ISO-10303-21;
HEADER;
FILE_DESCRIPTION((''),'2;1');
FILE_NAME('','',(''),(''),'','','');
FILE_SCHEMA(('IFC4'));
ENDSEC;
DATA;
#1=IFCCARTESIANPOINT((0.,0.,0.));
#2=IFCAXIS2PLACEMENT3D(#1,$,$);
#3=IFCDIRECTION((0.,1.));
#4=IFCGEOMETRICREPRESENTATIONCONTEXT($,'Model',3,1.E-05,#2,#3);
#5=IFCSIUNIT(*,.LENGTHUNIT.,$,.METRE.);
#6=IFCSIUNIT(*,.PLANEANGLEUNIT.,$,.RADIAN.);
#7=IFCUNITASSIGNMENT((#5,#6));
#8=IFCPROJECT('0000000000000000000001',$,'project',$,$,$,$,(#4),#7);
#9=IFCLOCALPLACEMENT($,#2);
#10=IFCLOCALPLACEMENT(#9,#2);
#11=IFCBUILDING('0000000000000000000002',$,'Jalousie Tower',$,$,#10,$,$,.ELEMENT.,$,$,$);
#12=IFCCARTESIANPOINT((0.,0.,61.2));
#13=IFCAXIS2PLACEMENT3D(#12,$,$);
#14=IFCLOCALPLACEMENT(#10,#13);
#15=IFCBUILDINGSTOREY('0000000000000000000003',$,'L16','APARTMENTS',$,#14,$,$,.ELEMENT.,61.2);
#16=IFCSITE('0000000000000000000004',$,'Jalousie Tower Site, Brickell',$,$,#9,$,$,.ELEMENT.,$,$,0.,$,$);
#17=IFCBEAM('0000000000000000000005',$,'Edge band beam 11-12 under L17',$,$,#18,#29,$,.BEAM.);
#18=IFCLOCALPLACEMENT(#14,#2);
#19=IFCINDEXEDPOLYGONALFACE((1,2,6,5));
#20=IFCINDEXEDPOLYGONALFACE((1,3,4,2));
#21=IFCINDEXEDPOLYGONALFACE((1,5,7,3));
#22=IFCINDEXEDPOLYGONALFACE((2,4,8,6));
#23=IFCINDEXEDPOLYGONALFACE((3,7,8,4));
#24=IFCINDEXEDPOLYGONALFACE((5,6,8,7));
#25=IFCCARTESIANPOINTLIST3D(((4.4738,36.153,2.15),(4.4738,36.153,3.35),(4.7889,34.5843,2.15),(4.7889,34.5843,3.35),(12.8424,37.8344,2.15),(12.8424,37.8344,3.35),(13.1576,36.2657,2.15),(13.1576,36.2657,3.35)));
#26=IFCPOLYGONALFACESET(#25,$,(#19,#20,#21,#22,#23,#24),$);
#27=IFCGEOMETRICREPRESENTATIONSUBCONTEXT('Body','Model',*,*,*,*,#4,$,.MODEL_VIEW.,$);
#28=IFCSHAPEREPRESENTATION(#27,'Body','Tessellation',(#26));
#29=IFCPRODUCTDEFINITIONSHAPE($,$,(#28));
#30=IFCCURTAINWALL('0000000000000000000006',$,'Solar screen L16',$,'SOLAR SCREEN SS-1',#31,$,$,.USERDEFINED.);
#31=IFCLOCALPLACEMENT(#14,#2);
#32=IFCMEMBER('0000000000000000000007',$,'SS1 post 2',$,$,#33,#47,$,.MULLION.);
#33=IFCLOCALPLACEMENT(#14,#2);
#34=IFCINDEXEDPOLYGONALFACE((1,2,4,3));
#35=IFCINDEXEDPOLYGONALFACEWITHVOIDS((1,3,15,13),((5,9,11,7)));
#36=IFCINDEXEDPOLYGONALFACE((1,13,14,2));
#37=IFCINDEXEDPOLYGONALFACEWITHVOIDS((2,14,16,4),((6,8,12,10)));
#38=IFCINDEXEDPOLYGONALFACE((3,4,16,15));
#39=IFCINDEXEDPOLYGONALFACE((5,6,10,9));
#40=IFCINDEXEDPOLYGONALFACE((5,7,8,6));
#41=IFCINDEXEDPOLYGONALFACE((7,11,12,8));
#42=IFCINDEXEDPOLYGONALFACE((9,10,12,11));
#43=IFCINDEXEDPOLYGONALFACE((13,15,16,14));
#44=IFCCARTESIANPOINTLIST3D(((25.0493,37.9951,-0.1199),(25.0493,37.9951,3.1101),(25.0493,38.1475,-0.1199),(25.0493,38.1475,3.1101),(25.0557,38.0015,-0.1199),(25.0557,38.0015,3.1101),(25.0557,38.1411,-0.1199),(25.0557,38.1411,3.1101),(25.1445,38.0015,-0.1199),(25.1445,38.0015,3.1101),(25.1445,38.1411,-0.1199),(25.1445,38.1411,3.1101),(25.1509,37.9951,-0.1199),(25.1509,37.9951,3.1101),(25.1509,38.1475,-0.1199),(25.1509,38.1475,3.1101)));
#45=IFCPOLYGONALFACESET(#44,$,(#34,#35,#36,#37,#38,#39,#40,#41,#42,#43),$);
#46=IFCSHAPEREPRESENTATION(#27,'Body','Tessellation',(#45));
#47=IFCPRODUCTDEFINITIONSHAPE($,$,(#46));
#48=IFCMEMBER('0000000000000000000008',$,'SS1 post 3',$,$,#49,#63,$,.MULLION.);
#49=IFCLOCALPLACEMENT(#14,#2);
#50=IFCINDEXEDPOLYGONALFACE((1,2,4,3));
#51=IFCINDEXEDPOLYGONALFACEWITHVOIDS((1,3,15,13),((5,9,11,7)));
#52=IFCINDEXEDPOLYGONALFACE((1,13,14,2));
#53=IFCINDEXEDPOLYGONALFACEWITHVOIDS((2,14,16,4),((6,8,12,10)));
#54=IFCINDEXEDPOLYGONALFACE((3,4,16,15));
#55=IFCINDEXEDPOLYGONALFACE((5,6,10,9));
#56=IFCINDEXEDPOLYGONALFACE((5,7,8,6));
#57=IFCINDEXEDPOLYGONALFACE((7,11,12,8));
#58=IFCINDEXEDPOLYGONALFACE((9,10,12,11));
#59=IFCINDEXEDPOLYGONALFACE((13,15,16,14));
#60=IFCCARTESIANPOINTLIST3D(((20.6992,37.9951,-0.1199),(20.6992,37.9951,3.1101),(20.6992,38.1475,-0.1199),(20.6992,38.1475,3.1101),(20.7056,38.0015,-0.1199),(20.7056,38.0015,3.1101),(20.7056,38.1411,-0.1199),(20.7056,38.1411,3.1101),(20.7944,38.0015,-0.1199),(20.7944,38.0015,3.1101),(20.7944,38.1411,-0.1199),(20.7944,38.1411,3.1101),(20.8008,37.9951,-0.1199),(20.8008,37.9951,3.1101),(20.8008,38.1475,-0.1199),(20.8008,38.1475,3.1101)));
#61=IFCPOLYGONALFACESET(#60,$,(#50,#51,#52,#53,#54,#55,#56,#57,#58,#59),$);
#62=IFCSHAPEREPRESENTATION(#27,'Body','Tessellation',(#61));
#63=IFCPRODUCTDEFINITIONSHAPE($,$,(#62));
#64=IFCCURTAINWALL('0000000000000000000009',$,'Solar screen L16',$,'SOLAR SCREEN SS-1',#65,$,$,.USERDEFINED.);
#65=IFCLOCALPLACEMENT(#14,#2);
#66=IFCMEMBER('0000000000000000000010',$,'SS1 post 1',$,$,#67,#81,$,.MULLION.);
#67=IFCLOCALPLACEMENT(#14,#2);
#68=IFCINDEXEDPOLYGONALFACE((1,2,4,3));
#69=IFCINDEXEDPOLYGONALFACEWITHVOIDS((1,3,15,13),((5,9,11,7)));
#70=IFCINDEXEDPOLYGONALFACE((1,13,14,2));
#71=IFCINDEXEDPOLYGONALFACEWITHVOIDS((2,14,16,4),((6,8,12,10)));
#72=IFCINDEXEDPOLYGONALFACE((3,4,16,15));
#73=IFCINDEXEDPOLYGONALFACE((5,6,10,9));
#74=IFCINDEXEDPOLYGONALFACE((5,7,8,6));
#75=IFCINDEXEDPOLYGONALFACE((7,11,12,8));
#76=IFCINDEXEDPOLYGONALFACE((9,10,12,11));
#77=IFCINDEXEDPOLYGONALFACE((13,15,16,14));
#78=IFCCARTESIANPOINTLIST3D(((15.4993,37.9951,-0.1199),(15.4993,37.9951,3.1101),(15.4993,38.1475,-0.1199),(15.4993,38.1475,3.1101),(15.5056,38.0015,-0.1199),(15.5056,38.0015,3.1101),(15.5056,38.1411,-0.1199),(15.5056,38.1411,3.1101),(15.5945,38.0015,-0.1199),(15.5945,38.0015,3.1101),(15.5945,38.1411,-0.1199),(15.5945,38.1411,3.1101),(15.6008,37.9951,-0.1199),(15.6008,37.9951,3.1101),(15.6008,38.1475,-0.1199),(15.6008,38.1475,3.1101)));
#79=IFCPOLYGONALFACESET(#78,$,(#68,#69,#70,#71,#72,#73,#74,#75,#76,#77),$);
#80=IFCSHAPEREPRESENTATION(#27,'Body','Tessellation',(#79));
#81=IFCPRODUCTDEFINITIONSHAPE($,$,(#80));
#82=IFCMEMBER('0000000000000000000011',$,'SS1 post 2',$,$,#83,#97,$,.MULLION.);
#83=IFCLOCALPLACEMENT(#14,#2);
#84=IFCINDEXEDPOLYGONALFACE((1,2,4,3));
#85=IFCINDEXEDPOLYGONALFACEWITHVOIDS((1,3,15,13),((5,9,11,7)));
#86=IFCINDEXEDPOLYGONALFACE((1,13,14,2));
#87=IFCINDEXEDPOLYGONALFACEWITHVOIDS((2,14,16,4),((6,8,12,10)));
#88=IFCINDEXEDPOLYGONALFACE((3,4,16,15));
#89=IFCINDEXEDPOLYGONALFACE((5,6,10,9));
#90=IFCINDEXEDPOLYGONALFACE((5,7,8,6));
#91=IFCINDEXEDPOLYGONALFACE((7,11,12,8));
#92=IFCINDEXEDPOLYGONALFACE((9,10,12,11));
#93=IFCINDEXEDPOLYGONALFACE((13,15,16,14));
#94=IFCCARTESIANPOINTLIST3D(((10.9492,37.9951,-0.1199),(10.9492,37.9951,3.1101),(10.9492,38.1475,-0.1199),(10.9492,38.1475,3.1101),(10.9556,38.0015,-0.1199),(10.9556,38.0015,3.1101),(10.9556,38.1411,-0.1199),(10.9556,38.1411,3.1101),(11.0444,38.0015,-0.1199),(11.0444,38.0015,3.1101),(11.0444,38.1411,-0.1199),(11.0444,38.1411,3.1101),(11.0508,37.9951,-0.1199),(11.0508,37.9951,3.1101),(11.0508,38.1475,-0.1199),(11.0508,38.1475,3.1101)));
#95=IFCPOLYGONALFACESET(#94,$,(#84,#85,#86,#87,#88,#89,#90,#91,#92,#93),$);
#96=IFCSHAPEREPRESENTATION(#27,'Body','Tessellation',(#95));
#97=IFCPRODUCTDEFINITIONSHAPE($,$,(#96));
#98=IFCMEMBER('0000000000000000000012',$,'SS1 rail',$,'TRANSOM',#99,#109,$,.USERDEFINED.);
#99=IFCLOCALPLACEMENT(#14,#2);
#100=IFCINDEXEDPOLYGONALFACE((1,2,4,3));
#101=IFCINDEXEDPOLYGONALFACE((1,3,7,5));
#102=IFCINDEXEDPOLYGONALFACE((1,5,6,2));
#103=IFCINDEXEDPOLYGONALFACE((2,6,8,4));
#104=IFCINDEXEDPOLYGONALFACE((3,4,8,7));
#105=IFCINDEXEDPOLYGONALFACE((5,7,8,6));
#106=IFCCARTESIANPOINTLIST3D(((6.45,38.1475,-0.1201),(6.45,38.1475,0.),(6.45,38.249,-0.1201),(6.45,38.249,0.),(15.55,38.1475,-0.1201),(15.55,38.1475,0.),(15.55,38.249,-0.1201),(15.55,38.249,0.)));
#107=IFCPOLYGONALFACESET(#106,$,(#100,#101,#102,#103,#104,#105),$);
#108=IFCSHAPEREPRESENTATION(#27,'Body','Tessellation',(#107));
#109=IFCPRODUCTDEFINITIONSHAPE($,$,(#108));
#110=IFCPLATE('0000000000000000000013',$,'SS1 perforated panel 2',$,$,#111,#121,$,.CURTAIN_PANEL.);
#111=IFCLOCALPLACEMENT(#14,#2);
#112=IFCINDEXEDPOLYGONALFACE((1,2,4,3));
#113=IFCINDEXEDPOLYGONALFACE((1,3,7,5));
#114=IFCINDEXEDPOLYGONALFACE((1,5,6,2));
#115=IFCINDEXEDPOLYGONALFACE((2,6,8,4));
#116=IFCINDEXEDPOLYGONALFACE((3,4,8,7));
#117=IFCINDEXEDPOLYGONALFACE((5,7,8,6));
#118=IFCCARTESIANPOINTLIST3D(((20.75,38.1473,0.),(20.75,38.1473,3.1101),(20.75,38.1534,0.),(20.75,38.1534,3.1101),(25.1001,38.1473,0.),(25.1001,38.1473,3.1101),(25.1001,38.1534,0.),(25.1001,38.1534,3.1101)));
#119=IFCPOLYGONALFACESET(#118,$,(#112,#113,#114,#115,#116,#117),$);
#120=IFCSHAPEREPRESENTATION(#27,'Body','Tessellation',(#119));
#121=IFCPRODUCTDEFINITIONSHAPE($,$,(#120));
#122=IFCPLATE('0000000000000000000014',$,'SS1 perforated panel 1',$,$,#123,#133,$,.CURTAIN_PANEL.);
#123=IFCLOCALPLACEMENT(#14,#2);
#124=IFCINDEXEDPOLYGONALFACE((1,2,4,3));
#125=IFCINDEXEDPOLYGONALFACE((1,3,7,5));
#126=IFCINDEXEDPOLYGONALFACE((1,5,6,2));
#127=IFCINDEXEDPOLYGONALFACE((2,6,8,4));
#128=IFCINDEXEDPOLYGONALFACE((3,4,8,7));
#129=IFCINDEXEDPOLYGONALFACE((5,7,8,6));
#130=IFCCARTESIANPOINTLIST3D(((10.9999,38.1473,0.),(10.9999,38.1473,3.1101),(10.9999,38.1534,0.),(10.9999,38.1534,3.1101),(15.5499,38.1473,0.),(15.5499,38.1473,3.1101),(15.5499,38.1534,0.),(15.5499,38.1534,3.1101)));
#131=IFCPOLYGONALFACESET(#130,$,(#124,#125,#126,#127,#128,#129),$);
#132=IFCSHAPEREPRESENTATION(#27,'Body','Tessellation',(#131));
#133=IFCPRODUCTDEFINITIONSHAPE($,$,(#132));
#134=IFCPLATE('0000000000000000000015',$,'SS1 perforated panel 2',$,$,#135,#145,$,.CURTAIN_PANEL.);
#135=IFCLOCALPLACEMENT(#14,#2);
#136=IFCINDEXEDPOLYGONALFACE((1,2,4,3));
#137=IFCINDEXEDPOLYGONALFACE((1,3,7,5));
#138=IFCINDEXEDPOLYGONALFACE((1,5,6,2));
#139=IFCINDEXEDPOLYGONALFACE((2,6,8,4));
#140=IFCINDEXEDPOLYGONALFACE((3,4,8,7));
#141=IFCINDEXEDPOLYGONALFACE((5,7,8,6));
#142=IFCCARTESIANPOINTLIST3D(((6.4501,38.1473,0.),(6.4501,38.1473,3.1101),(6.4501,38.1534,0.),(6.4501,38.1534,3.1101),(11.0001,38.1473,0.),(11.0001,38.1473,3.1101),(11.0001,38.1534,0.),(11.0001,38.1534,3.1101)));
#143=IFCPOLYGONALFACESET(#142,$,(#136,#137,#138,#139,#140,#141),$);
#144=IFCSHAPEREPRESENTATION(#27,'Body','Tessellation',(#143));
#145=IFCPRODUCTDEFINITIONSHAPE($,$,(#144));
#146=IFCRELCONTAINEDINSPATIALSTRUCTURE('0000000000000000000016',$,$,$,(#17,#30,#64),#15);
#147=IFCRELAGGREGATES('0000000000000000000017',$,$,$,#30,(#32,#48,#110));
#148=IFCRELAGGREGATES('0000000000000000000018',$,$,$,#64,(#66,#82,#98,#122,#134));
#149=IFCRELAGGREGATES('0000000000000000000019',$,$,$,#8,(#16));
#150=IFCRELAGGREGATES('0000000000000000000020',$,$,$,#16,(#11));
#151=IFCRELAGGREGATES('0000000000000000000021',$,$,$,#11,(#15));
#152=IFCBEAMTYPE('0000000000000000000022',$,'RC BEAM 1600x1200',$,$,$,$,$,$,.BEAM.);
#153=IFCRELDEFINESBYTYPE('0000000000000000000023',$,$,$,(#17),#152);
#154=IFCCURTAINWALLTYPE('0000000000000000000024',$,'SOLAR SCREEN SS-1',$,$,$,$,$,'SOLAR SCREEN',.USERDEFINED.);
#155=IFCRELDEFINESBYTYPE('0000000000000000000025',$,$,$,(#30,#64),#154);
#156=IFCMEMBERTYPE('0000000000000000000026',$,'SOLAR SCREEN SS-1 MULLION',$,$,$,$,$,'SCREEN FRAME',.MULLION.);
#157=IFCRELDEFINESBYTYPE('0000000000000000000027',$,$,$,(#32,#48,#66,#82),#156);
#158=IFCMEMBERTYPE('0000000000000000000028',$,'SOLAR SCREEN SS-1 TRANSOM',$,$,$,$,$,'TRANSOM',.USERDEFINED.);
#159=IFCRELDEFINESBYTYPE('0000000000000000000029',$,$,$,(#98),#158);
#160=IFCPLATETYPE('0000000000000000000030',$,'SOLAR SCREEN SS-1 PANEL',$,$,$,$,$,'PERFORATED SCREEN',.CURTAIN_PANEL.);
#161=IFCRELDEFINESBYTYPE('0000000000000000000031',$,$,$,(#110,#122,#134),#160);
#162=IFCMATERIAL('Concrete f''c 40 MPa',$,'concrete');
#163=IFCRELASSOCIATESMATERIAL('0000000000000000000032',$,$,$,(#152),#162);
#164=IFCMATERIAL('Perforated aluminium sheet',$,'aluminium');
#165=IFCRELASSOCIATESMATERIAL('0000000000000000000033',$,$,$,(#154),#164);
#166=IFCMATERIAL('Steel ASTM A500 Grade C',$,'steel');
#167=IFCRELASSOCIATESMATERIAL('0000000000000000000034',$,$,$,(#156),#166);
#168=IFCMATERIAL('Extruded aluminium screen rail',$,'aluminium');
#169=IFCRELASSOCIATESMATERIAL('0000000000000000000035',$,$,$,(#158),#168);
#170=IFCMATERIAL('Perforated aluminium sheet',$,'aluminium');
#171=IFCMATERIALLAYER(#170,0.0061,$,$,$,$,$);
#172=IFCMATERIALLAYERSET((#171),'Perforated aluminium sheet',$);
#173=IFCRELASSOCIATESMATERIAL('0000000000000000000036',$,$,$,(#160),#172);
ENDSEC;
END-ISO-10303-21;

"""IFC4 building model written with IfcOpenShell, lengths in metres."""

from ifc_helpers import new_model, si_unit, direction, frame, origin, origin_2d, place, context, subcontext, project, spatial, rectangle, hollow_rectangle, extrude, material, layer, layer_set, material_profile, profile_set, type_object, element, aggregate, save


model = new_model("IFC4")

# Units and contexts
model_context = context("Model", 3, precision=1e-05, world=origin(), true_north=direction((0.0, 1.0)))
body_context = subcontext(model_context, "Body", "Model", "MODEL_VIEW")
ifc_project = project(units=[si_unit("LENGTHUNIT", "METRE"), si_unit("PLANEANGLEUNIT", "RADIAN")], contexts=[model_context])

# Site, building, storey
site_placement = place(None, origin())
site = spatial("IfcSite", under=ifc_project, at=site_placement, Name="Jalousie Tower Site, Brickell", CompositionType="ELEMENT", RefElevation=0.0)
building_placement = place(site_placement, origin())
building = spatial("IfcBuilding", under=site, at=building_placement, Name="Jalousie Tower", CompositionType="ELEMENT")
storey_placement = place(building_placement, frame((0.0, 0.0, 61.2)))
storey = spatial("IfcBuildingStorey", under=building, at=storey_placement, Name="L16", Description="APARTMENTS", CompositionType="ELEMENT", Elevation=61.2)

# Beam
ifc_material_1 = material(Name="Concrete f'c 40 MPa", Category="concrete")
ifc_material_profile_1 = material_profile(ifc_material_1, rectangle(XDim=1.6001, YDim=1.2, at=origin_2d()), Name="RC 1600x1200")
ifc_profile_set_1 = profile_set([ifc_material_profile_1], Name="Concrete f'c 40 MPa")
beam_type_1 = type_object("IfcBeamType", Name="RC BEAM 1600x1200", PredefinedType="BEAM", material=ifc_profile_set_1)
beam_1_placement = place(storey_placement, frame((13.0, 37.05, 2.75), z_axis=(-0.980408, -0.19698, 0.0), x_axis=(0.19698, -0.980408, 0.0)))
element("IfcBeam", 1, at=beam_1_placement, inside=storey, type_object=beam_type_1, Name="Edge band beam 11-12 under L17", PredefinedType="BEAM", context=body_context, shape_type="SweptSolid", body=[
    extrude(rectangle(XDim=1.6001, YDim=1.2, at=origin_2d()), origin(), (0.0, 0.0, 1.0), 8.5359),
])

# Curtain walls, members
ifc_material_2 = material(Name="Perforated aluminium sheet", Category="aluminium")
curtain_wall_type = type_object("IfcCurtainWallType", Name="SOLAR SCREEN SS-1", ElementType="SOLAR SCREEN", PredefinedType="USERDEFINED", material=ifc_material_2)
curtain_wall_1_placement = place(storey_placement, origin())
curtain_wall_1 = element("IfcCurtainWall", 2, at=curtain_wall_1_placement, inside=storey, type_object=curtain_wall_type, Name="Solar screen L16", ObjectType="SOLAR SCREEN SS-1", PredefinedType="USERDEFINED")
ifc_material_3 = material(Name="Steel ASTM A500 Grade C", Category="steel")
ifc_material_profile_2 = material_profile(ifc_material_3, hollow_rectangle(XDim=0.1016, YDim=0.1523, WallThickness=0.0063, at=origin_2d()), Name="HSS6X4X1/4")
ifc_profile_set_2 = profile_set([ifc_material_profile_2], Name="Steel ASTM A500 Grade C")
member_type_1 = type_object("IfcMemberType", Name="SOLAR SCREEN SS-1 MULLION", ElementType="SCREEN FRAME", PredefinedType="MULLION", material=ifc_profile_set_2)
member_1_placement = place(storey_placement, frame((25.1001, 38.0713, -0.1199), z_axis=(0.0, 0.0, 1.0), x_axis=(-1.0, 0.0, 0.0)))
member_1 = element("IfcMember", 3, at=member_1_placement, type_object=member_type_1, Name="SS1 post 2", PredefinedType="MULLION", context=body_context, shape_type="SweptSolid", body=[
    extrude(hollow_rectangle(XDim=0.1016, YDim=0.1523, WallThickness=0.0063, at=origin_2d()), origin(), (0.0, 0.0, 1.0), 3.23),
])
member_2_placement = place(storey_placement, frame((20.75, 38.0713, -0.1199), z_axis=(0.0, 0.0, 1.0), x_axis=(-1.0, 0.0, 0.0)))
member_2 = element("IfcMember", 4, at=member_2_placement, type_object=member_type_1, Name="SS1 post 3", PredefinedType="MULLION", context=body_context, shape_type="SweptSolid", body=[
    extrude(hollow_rectangle(XDim=0.1016, YDim=0.1523, WallThickness=0.0063, at=origin_2d()), origin(), (0.0, 0.0, 1.0), 3.23),
])
curtain_wall_2_placement = place(storey_placement, origin())
curtain_wall_2 = element("IfcCurtainWall", 5, at=curtain_wall_2_placement, inside=storey, type_object=curtain_wall_type, Name="Solar screen L16", ObjectType="SOLAR SCREEN SS-1", PredefinedType="USERDEFINED")
member_3_placement = place(storey_placement, frame((15.55, 38.0713, -0.1199), z_axis=(0.0, 0.0, 1.0), x_axis=(-1.0, 0.0, 0.0)))
member_3 = element("IfcMember", 6, at=member_3_placement, type_object=member_type_1, Name="SS1 post 1", PredefinedType="MULLION", context=body_context, shape_type="SweptSolid", body=[
    extrude(hollow_rectangle(XDim=0.1016, YDim=0.1523, WallThickness=0.0063, at=origin_2d()), origin(), (0.0, 0.0, 1.0), 3.23),
])
member_4_placement = place(storey_placement, frame((11.0, 38.0713, -0.1199), z_axis=(0.0, 0.0, 1.0), x_axis=(-1.0, 0.0, 0.0)))
member_4 = element("IfcMember", 7, at=member_4_placement, type_object=member_type_1, Name="SS1 post 2", PredefinedType="MULLION", context=body_context, shape_type="SweptSolid", body=[
    extrude(hollow_rectangle(XDim=0.1016, YDim=0.1523, WallThickness=0.0063, at=origin_2d()), origin(), (0.0, 0.0, 1.0), 3.23),
])
ifc_material_4 = material(Name="Extruded aluminium screen rail", Category="aluminium")
ifc_material_profile_3 = material_profile(ifc_material_4, rectangle(XDim=0.1016, YDim=0.1201, at=origin_2d()), Name="RAIL 102x120")
ifc_profile_set_3 = profile_set([ifc_material_profile_3], Name="Extruded aluminium screen rail")
member_type_2 = type_object("IfcMemberType", Name="SOLAR SCREEN SS-1 TRANSOM", ElementType="TRANSOM", PredefinedType="USERDEFINED", material=ifc_profile_set_3)
member_5_placement = place(storey_placement, frame((15.55, 38.1982, -0.0601), z_axis=(-1.0, 0.0, 0.0), x_axis=(0.0, -1.0, 0.0)))
member_5 = element("IfcMember", 8, at=member_5_placement, type_object=member_type_2, Name="SS1 rail", ObjectType="TRANSOM", PredefinedType="USERDEFINED", context=body_context, shape_type="SweptSolid", body=[
    extrude(rectangle(XDim=0.1016, YDim=0.1201, at=origin_2d()), origin(), (0.0, 0.0, 1.0), 9.1001),
])

# Plates
ifc_material_5 = material(Name="Perforated aluminium sheet", Category="aluminium")
ifc_layer_1 = layer(ifc_material_5, 0.0061)
ifc_layer_set_1 = layer_set([ifc_layer_1], Name="Perforated aluminium sheet")
plate_type = type_object("IfcPlateType", Name="SOLAR SCREEN SS-1 PANEL", ElementType="PERFORATED SCREEN", PredefinedType="CURTAIN_PANEL", material=ifc_layer_set_1)
plate_1_placement = place(storey_placement, frame((22.925, 38.1504, 0.0), z_axis=(0.0, 0.0, 1.0), x_axis=(-1.0, 0.0, 0.0)))
plate_1 = element("IfcPlate", 9, at=plate_1_placement, type_object=plate_type, Name="SS1 perforated panel 2", PredefinedType="CURTAIN_PANEL", context=body_context, shape_type="SweptSolid", body=[
    extrude(rectangle(XDim=4.3501, YDim=0.0061, at=origin_2d()), origin(), (0.0, 0.0, 1.0), 3.1101),
])
aggregate(curtain_wall_1, [member_1, member_2, plate_1])
plate_2_placement = place(storey_placement, frame((13.2749, 38.1504, 0.0), z_axis=(0.0, 0.0, 1.0), x_axis=(-1.0, 0.0, 0.0)))
plate_2 = element("IfcPlate", 10, at=plate_2_placement, type_object=plate_type, Name="SS1 perforated panel 1", PredefinedType="CURTAIN_PANEL", context=body_context, shape_type="SweptSolid", body=[
    extrude(rectangle(XDim=4.55, YDim=0.0061, at=origin_2d()), origin(), (0.0, 0.0, 1.0), 3.1101),
])
plate_3_placement = place(storey_placement, frame((8.7251, 38.1504, 0.0), z_axis=(0.0, 0.0, 1.0), x_axis=(-1.0, 0.0, 0.0)))
plate_3 = element("IfcPlate", 11, at=plate_3_placement, type_object=plate_type, Name="SS1 perforated panel 2", PredefinedType="CURTAIN_PANEL", context=body_context, shape_type="SweptSolid", body=[
    extrude(rectangle(XDim=4.55, YDim=0.0061, at=origin_2d()), origin(), (0.0, 0.0, 1.0), 3.1101),
])
aggregate(curtain_wall_2, [member_3, member_4, member_5, plate_2, plate_3])

save(model, "model.ifc")
